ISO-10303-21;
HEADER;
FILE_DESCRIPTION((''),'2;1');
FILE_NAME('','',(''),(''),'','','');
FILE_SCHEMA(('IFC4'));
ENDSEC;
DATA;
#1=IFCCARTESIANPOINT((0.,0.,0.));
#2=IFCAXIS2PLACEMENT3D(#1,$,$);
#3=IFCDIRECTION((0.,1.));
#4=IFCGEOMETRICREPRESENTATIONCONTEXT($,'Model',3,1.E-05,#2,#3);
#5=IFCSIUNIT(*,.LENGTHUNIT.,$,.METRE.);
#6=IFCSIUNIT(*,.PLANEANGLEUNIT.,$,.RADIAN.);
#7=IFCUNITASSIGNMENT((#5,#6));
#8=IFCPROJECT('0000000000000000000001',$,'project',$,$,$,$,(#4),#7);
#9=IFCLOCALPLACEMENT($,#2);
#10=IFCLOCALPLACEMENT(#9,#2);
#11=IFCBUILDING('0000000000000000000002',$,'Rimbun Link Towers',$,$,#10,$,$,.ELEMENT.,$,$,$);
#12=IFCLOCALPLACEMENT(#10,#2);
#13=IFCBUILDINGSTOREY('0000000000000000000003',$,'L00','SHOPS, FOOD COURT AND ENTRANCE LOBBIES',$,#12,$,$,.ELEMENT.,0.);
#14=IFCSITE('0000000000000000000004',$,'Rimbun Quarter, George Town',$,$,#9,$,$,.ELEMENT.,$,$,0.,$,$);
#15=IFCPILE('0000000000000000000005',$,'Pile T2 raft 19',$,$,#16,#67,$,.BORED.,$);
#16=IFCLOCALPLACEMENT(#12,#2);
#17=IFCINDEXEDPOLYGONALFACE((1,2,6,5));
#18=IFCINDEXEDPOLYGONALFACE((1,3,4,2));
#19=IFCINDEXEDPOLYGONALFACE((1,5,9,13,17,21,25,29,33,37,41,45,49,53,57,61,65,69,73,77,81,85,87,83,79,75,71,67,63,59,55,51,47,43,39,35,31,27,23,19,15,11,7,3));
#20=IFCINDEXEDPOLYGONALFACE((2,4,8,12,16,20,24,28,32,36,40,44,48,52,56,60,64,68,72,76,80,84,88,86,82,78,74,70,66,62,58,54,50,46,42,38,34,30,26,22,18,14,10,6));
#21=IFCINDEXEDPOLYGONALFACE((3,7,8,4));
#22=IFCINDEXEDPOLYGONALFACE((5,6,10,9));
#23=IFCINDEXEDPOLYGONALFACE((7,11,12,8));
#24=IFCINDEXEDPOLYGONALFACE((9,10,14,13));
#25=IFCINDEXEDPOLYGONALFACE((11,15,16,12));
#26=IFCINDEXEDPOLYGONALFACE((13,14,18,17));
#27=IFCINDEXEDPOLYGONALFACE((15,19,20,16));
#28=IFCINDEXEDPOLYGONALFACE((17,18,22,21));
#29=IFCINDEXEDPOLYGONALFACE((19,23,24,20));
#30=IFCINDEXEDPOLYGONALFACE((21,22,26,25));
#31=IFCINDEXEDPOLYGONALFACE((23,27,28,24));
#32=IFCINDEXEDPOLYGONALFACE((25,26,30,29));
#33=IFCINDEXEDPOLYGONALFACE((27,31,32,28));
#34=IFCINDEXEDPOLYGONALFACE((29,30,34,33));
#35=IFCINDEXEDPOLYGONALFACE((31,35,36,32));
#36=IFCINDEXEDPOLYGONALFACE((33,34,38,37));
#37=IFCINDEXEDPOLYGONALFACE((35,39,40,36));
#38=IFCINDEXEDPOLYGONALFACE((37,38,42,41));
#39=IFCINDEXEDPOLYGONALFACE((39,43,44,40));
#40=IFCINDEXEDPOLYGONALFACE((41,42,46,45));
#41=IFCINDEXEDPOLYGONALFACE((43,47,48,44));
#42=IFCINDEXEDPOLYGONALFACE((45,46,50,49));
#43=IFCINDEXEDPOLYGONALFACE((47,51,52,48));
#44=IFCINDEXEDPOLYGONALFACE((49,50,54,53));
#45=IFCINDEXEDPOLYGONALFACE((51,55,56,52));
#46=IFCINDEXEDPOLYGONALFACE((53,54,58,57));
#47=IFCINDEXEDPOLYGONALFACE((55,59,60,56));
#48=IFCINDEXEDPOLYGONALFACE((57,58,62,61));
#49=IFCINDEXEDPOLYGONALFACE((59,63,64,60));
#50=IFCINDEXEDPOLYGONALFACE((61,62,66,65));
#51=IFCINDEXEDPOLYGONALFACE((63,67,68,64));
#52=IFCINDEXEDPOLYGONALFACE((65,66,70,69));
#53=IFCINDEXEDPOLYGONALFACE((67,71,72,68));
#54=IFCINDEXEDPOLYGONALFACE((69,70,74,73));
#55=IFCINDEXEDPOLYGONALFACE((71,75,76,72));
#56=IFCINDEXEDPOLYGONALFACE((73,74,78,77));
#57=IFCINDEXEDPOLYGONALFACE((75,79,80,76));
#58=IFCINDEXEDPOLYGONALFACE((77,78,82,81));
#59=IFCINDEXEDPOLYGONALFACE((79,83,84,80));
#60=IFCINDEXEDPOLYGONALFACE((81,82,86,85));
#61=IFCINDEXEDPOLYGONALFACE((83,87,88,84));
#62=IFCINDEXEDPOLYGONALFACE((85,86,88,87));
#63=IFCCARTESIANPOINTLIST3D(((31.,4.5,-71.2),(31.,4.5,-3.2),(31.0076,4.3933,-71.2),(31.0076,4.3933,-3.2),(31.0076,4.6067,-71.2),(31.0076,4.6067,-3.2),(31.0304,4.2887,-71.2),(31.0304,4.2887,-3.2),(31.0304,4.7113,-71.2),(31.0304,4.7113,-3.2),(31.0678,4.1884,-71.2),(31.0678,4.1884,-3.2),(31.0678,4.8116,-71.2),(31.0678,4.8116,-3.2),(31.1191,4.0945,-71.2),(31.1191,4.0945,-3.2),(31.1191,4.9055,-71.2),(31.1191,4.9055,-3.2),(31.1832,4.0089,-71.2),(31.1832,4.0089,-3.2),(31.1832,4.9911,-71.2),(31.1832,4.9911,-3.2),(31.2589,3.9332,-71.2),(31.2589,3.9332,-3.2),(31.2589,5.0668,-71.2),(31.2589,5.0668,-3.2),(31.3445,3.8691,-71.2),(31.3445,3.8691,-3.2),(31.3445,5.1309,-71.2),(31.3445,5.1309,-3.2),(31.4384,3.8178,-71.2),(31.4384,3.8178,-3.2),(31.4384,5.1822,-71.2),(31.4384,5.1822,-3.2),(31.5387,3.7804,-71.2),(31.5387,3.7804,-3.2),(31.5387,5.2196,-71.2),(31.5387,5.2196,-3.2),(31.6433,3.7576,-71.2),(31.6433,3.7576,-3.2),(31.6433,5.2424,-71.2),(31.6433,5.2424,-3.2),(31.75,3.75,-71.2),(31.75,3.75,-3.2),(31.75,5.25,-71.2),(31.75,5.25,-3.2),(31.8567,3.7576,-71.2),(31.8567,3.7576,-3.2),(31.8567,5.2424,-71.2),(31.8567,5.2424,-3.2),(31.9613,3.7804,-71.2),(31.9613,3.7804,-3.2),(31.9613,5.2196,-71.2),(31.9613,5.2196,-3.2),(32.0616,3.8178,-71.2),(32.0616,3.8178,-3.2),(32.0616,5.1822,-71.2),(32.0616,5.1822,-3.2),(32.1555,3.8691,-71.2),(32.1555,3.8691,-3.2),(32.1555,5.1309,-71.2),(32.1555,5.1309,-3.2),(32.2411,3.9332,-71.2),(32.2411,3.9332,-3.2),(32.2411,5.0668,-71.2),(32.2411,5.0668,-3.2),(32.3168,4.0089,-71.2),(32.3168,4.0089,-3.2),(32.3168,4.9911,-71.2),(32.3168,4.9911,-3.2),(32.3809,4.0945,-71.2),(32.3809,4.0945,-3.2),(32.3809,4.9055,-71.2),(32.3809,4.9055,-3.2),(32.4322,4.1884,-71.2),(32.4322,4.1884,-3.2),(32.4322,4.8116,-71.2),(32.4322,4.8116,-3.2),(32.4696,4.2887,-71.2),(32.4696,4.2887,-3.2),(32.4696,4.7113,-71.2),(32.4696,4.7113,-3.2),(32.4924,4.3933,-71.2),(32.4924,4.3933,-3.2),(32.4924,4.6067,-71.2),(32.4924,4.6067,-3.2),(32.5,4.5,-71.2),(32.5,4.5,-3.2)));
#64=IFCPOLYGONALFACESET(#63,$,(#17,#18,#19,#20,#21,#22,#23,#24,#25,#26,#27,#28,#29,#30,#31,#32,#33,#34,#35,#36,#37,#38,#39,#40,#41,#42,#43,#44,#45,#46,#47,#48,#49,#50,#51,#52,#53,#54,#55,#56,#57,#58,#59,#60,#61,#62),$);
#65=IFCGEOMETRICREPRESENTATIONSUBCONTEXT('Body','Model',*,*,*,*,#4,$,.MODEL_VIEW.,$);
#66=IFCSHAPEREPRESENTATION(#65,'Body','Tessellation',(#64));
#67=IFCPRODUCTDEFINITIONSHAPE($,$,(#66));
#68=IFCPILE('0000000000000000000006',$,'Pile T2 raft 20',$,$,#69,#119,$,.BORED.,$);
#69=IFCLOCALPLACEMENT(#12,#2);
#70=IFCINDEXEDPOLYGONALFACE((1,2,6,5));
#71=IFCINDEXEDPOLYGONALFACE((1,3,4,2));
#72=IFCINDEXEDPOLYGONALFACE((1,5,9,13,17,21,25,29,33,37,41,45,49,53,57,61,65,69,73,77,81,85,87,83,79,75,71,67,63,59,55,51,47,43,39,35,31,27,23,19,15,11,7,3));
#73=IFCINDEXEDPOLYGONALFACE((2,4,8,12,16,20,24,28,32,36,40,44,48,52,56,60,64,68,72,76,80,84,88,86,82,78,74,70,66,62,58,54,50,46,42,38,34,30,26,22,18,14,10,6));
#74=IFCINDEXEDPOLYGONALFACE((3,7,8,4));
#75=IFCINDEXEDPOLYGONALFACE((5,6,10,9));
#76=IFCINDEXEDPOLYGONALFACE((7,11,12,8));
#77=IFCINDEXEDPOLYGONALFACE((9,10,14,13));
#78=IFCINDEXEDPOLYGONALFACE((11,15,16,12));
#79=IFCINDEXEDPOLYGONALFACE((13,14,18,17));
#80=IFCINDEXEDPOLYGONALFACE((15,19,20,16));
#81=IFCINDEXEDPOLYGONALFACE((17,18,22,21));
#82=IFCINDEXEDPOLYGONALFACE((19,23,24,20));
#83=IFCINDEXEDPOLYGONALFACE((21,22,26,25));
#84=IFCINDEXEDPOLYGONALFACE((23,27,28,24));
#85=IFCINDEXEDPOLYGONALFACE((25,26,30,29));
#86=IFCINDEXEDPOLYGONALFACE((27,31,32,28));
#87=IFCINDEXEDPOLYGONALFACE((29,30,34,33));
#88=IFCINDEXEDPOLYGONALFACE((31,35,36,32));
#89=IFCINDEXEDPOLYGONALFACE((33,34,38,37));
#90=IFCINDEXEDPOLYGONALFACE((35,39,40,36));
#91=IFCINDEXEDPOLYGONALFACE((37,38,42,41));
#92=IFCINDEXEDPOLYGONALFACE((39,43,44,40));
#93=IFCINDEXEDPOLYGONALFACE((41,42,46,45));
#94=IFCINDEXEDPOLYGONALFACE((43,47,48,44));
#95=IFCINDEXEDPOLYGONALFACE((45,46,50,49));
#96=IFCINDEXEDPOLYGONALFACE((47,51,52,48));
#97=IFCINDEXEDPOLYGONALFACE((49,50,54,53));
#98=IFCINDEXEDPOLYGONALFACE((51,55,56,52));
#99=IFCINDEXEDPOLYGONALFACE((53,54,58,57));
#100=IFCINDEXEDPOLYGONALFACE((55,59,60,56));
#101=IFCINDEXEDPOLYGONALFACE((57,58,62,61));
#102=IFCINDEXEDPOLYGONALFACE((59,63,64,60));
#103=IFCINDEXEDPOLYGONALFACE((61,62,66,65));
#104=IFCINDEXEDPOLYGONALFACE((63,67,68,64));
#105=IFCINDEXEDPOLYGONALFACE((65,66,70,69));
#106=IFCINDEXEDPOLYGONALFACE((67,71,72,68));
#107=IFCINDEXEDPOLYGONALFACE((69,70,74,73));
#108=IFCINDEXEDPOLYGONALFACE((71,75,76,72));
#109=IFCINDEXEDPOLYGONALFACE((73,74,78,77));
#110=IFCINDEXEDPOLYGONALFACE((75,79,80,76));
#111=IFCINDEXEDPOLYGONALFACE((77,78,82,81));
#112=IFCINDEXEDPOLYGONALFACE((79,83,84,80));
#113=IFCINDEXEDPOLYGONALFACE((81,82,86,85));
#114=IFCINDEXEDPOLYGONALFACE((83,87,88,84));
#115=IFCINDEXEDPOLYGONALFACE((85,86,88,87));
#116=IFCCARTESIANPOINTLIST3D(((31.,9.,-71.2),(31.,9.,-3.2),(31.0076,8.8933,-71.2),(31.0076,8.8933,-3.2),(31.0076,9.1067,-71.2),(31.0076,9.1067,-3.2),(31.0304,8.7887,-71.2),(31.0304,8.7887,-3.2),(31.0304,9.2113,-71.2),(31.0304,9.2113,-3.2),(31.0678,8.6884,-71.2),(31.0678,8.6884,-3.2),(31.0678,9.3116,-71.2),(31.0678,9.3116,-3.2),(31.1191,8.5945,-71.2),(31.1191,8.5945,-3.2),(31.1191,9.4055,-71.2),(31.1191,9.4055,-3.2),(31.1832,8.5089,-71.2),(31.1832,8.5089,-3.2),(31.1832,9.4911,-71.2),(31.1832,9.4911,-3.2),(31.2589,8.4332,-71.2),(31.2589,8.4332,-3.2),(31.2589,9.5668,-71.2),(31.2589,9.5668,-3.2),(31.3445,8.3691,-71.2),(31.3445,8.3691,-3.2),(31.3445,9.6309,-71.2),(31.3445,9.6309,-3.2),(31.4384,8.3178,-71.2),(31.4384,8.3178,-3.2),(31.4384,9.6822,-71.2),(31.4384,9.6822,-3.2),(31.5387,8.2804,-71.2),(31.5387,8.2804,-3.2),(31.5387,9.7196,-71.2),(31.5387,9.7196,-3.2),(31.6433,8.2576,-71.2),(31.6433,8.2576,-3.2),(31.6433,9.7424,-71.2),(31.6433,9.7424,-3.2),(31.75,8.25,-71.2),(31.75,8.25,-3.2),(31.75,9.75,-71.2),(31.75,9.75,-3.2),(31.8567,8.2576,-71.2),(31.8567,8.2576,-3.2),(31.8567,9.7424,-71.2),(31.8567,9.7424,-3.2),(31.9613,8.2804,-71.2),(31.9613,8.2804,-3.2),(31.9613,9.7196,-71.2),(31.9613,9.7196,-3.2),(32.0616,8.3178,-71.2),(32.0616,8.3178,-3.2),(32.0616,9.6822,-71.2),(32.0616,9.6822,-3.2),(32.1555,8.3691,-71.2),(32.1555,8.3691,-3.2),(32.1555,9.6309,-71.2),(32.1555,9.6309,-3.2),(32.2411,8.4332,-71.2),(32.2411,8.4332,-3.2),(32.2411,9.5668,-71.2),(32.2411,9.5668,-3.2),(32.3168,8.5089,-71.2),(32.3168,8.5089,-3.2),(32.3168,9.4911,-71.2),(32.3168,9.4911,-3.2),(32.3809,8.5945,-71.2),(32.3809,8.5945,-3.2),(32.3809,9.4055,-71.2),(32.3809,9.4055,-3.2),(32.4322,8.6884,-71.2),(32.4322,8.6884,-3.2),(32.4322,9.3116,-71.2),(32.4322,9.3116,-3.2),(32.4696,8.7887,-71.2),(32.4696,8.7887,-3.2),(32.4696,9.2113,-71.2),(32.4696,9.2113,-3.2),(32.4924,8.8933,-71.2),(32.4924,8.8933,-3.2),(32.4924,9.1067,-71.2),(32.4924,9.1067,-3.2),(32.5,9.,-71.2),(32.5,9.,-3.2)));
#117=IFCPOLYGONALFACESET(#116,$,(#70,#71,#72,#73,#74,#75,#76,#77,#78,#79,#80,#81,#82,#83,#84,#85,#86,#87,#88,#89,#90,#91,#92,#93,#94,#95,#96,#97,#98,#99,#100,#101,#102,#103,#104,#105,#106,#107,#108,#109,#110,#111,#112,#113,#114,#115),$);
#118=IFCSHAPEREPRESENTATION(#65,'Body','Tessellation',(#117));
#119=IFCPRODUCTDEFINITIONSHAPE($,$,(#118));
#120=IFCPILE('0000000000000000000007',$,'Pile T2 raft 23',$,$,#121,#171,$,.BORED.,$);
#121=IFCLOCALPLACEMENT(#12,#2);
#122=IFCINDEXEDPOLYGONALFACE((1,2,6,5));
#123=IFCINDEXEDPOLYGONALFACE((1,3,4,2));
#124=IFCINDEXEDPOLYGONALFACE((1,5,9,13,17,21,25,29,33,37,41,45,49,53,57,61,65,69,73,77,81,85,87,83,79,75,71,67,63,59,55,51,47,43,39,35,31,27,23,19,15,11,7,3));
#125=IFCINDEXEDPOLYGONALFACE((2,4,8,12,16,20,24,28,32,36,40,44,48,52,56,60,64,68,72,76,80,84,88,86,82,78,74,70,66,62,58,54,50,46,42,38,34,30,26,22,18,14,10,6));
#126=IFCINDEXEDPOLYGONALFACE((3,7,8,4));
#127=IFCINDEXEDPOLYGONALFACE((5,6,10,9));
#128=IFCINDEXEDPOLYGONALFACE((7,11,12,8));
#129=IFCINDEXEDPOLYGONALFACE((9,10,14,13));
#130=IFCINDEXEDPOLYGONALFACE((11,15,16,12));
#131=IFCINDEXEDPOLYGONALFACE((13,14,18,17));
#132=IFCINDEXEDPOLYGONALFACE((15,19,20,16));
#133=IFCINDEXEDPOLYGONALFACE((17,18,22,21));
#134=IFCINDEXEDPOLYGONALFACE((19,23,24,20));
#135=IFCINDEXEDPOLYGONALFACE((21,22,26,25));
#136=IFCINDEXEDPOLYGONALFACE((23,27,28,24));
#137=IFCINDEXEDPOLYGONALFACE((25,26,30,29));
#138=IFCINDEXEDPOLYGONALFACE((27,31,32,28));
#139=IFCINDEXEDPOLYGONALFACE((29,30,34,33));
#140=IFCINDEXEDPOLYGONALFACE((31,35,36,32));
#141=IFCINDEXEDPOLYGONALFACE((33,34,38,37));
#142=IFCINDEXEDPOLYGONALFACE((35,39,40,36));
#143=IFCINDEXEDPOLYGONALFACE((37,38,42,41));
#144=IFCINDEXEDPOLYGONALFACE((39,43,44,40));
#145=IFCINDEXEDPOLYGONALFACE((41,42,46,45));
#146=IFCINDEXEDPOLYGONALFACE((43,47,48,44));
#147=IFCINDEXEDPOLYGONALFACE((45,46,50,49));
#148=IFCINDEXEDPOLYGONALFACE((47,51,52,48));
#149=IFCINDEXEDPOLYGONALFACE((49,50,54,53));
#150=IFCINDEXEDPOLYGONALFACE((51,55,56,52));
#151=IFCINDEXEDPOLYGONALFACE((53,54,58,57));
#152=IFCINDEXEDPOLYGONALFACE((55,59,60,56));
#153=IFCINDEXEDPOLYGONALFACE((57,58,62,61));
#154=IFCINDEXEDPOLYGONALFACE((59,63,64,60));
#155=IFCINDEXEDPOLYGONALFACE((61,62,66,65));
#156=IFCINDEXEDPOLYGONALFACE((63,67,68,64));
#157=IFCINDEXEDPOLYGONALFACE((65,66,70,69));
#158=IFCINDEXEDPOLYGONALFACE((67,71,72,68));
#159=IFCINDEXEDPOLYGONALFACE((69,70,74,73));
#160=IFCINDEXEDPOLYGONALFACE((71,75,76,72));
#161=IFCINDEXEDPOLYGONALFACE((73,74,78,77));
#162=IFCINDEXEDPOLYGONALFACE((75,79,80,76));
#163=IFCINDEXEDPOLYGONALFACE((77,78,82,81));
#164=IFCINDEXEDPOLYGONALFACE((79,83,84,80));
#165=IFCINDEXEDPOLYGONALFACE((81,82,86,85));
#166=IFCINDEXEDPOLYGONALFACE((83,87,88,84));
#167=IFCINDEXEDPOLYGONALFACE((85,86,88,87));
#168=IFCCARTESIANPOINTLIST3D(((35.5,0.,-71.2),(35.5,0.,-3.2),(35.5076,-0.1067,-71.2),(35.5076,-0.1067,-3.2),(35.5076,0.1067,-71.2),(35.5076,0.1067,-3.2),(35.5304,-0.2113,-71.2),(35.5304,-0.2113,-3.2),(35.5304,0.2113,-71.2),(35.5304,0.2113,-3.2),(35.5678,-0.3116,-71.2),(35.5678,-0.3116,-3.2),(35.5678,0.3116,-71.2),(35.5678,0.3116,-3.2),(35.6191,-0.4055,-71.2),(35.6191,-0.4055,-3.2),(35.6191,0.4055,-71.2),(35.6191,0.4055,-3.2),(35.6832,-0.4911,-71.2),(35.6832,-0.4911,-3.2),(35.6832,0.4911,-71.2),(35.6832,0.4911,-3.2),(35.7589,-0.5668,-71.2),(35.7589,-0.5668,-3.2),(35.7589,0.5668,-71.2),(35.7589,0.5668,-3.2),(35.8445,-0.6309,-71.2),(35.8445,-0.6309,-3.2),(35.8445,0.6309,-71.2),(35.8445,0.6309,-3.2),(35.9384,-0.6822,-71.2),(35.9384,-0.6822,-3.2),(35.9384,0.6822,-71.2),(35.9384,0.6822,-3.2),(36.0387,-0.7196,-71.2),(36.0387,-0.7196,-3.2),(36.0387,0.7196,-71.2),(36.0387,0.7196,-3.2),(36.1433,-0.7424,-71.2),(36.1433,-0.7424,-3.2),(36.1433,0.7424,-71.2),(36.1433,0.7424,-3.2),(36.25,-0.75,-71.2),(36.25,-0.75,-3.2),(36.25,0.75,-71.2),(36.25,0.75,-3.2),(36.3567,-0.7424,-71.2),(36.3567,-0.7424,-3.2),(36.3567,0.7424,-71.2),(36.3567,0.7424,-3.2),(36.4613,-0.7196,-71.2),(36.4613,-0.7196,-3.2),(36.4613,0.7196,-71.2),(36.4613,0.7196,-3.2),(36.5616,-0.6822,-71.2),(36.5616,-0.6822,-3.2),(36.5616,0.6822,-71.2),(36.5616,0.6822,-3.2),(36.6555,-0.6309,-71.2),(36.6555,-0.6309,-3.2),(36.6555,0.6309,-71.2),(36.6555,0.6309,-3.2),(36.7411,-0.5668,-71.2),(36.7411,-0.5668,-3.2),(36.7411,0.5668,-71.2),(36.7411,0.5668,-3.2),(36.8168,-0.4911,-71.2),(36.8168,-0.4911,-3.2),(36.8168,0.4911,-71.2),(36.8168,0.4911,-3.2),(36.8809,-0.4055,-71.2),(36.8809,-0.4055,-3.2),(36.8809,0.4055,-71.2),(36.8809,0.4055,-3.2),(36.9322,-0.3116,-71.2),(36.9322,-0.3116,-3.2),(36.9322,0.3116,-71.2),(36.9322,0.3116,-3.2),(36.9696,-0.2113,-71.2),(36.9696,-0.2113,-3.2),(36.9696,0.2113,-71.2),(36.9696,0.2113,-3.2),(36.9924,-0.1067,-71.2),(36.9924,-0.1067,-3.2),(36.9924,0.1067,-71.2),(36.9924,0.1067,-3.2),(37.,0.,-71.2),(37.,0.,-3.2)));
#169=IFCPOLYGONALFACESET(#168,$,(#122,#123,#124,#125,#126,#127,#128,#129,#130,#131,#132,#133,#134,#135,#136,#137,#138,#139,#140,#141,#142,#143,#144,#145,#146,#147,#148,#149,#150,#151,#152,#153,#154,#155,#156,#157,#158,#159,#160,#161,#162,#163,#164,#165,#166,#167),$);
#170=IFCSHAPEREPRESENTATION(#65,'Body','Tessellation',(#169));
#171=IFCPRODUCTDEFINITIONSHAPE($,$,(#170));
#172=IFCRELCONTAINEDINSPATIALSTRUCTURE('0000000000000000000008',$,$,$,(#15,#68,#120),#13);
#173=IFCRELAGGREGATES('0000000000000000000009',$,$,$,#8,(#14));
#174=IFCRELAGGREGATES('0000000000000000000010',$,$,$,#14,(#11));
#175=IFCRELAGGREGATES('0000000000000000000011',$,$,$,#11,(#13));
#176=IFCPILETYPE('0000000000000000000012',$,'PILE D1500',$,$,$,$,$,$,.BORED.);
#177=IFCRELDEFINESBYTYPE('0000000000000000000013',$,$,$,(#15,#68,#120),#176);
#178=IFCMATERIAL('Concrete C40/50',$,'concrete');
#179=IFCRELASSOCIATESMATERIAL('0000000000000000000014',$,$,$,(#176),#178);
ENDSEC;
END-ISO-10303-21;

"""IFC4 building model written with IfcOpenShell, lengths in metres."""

from ifc_helpers import new_model, si_unit, direction, frame, origin, origin_2d, place, context, subcontext, project, spatial, circle, extrude, material, material_profile, profile_set, type_object, element, save


model = new_model("IFC4")

# Units and contexts
model_context = context("Model", 3, precision=1e-05, world=origin(), true_north=direction((0.0, 1.0)))
body_context = subcontext(model_context, "Body", "Model", "MODEL_VIEW")
ifc_project = project(units=[si_unit("LENGTHUNIT", "METRE"), si_unit("PLANEANGLEUNIT", "RADIAN")], contexts=[model_context])

# Site, building, storey
site_placement = place(None, origin())
site = spatial("IfcSite", under=ifc_project, at=site_placement, Name="Rimbun Quarter, George Town", CompositionType="ELEMENT", RefElevation=0.0)
building_placement = place(site_placement, origin())
building = spatial("IfcBuilding", under=site, at=building_placement, Name="Rimbun Link Towers", CompositionType="ELEMENT")
storey_placement = place(building_placement, origin())
storey = spatial("IfcBuildingStorey", under=building, at=storey_placement, Name="L00", Description="SHOPS, FOOD COURT AND ENTRANCE LOBBIES", CompositionType="ELEMENT", Elevation=0.0)

# Piles
ifc_material_1 = material(Name="Concrete C40/50", Category="concrete")
ifc_material_profile = material_profile(ifc_material_1, circle(Radius=0.75, at=origin_2d()), Name="PILE D1500")
ifc_profile_set = profile_set([ifc_material_profile], Name="Concrete C40/50")
pile_type = type_object("IfcPileType", Name="PILE D1500", PredefinedType="BORED", material=ifc_profile_set)
for number, where, z_axis, x_axis, name in (
    (1, (31.75, 4.5, -3.2), (0.0, 0.0, -1.0), (1.0, 0.0, 0.0), "Pile T2 raft 19"),
    (2, (31.75, 9.0, -3.2), (0.0, 0.0, -1.0), (1.0, 0.0, 0.0), "Pile T2 raft 20"),
    (3, (36.25, 0.0, -3.2), (0.0, 0.0, -1.0), (1.0, 0.0, 0.0), "Pile T2 raft 23"),
):
    element("IfcPile", number, at=place(storey_placement, frame(where, z_axis=z_axis, x_axis=x_axis)), inside=storey, type_object=pile_type, Name=name, PredefinedType="BORED", context=body_context, shape_type="SweptSolid", body=[
        extrude(circle(Radius=0.75, at=origin_2d()), origin(), (0.0, 0.0, 1.0), 68.0),
    ])

save(model, "model.ifc")
